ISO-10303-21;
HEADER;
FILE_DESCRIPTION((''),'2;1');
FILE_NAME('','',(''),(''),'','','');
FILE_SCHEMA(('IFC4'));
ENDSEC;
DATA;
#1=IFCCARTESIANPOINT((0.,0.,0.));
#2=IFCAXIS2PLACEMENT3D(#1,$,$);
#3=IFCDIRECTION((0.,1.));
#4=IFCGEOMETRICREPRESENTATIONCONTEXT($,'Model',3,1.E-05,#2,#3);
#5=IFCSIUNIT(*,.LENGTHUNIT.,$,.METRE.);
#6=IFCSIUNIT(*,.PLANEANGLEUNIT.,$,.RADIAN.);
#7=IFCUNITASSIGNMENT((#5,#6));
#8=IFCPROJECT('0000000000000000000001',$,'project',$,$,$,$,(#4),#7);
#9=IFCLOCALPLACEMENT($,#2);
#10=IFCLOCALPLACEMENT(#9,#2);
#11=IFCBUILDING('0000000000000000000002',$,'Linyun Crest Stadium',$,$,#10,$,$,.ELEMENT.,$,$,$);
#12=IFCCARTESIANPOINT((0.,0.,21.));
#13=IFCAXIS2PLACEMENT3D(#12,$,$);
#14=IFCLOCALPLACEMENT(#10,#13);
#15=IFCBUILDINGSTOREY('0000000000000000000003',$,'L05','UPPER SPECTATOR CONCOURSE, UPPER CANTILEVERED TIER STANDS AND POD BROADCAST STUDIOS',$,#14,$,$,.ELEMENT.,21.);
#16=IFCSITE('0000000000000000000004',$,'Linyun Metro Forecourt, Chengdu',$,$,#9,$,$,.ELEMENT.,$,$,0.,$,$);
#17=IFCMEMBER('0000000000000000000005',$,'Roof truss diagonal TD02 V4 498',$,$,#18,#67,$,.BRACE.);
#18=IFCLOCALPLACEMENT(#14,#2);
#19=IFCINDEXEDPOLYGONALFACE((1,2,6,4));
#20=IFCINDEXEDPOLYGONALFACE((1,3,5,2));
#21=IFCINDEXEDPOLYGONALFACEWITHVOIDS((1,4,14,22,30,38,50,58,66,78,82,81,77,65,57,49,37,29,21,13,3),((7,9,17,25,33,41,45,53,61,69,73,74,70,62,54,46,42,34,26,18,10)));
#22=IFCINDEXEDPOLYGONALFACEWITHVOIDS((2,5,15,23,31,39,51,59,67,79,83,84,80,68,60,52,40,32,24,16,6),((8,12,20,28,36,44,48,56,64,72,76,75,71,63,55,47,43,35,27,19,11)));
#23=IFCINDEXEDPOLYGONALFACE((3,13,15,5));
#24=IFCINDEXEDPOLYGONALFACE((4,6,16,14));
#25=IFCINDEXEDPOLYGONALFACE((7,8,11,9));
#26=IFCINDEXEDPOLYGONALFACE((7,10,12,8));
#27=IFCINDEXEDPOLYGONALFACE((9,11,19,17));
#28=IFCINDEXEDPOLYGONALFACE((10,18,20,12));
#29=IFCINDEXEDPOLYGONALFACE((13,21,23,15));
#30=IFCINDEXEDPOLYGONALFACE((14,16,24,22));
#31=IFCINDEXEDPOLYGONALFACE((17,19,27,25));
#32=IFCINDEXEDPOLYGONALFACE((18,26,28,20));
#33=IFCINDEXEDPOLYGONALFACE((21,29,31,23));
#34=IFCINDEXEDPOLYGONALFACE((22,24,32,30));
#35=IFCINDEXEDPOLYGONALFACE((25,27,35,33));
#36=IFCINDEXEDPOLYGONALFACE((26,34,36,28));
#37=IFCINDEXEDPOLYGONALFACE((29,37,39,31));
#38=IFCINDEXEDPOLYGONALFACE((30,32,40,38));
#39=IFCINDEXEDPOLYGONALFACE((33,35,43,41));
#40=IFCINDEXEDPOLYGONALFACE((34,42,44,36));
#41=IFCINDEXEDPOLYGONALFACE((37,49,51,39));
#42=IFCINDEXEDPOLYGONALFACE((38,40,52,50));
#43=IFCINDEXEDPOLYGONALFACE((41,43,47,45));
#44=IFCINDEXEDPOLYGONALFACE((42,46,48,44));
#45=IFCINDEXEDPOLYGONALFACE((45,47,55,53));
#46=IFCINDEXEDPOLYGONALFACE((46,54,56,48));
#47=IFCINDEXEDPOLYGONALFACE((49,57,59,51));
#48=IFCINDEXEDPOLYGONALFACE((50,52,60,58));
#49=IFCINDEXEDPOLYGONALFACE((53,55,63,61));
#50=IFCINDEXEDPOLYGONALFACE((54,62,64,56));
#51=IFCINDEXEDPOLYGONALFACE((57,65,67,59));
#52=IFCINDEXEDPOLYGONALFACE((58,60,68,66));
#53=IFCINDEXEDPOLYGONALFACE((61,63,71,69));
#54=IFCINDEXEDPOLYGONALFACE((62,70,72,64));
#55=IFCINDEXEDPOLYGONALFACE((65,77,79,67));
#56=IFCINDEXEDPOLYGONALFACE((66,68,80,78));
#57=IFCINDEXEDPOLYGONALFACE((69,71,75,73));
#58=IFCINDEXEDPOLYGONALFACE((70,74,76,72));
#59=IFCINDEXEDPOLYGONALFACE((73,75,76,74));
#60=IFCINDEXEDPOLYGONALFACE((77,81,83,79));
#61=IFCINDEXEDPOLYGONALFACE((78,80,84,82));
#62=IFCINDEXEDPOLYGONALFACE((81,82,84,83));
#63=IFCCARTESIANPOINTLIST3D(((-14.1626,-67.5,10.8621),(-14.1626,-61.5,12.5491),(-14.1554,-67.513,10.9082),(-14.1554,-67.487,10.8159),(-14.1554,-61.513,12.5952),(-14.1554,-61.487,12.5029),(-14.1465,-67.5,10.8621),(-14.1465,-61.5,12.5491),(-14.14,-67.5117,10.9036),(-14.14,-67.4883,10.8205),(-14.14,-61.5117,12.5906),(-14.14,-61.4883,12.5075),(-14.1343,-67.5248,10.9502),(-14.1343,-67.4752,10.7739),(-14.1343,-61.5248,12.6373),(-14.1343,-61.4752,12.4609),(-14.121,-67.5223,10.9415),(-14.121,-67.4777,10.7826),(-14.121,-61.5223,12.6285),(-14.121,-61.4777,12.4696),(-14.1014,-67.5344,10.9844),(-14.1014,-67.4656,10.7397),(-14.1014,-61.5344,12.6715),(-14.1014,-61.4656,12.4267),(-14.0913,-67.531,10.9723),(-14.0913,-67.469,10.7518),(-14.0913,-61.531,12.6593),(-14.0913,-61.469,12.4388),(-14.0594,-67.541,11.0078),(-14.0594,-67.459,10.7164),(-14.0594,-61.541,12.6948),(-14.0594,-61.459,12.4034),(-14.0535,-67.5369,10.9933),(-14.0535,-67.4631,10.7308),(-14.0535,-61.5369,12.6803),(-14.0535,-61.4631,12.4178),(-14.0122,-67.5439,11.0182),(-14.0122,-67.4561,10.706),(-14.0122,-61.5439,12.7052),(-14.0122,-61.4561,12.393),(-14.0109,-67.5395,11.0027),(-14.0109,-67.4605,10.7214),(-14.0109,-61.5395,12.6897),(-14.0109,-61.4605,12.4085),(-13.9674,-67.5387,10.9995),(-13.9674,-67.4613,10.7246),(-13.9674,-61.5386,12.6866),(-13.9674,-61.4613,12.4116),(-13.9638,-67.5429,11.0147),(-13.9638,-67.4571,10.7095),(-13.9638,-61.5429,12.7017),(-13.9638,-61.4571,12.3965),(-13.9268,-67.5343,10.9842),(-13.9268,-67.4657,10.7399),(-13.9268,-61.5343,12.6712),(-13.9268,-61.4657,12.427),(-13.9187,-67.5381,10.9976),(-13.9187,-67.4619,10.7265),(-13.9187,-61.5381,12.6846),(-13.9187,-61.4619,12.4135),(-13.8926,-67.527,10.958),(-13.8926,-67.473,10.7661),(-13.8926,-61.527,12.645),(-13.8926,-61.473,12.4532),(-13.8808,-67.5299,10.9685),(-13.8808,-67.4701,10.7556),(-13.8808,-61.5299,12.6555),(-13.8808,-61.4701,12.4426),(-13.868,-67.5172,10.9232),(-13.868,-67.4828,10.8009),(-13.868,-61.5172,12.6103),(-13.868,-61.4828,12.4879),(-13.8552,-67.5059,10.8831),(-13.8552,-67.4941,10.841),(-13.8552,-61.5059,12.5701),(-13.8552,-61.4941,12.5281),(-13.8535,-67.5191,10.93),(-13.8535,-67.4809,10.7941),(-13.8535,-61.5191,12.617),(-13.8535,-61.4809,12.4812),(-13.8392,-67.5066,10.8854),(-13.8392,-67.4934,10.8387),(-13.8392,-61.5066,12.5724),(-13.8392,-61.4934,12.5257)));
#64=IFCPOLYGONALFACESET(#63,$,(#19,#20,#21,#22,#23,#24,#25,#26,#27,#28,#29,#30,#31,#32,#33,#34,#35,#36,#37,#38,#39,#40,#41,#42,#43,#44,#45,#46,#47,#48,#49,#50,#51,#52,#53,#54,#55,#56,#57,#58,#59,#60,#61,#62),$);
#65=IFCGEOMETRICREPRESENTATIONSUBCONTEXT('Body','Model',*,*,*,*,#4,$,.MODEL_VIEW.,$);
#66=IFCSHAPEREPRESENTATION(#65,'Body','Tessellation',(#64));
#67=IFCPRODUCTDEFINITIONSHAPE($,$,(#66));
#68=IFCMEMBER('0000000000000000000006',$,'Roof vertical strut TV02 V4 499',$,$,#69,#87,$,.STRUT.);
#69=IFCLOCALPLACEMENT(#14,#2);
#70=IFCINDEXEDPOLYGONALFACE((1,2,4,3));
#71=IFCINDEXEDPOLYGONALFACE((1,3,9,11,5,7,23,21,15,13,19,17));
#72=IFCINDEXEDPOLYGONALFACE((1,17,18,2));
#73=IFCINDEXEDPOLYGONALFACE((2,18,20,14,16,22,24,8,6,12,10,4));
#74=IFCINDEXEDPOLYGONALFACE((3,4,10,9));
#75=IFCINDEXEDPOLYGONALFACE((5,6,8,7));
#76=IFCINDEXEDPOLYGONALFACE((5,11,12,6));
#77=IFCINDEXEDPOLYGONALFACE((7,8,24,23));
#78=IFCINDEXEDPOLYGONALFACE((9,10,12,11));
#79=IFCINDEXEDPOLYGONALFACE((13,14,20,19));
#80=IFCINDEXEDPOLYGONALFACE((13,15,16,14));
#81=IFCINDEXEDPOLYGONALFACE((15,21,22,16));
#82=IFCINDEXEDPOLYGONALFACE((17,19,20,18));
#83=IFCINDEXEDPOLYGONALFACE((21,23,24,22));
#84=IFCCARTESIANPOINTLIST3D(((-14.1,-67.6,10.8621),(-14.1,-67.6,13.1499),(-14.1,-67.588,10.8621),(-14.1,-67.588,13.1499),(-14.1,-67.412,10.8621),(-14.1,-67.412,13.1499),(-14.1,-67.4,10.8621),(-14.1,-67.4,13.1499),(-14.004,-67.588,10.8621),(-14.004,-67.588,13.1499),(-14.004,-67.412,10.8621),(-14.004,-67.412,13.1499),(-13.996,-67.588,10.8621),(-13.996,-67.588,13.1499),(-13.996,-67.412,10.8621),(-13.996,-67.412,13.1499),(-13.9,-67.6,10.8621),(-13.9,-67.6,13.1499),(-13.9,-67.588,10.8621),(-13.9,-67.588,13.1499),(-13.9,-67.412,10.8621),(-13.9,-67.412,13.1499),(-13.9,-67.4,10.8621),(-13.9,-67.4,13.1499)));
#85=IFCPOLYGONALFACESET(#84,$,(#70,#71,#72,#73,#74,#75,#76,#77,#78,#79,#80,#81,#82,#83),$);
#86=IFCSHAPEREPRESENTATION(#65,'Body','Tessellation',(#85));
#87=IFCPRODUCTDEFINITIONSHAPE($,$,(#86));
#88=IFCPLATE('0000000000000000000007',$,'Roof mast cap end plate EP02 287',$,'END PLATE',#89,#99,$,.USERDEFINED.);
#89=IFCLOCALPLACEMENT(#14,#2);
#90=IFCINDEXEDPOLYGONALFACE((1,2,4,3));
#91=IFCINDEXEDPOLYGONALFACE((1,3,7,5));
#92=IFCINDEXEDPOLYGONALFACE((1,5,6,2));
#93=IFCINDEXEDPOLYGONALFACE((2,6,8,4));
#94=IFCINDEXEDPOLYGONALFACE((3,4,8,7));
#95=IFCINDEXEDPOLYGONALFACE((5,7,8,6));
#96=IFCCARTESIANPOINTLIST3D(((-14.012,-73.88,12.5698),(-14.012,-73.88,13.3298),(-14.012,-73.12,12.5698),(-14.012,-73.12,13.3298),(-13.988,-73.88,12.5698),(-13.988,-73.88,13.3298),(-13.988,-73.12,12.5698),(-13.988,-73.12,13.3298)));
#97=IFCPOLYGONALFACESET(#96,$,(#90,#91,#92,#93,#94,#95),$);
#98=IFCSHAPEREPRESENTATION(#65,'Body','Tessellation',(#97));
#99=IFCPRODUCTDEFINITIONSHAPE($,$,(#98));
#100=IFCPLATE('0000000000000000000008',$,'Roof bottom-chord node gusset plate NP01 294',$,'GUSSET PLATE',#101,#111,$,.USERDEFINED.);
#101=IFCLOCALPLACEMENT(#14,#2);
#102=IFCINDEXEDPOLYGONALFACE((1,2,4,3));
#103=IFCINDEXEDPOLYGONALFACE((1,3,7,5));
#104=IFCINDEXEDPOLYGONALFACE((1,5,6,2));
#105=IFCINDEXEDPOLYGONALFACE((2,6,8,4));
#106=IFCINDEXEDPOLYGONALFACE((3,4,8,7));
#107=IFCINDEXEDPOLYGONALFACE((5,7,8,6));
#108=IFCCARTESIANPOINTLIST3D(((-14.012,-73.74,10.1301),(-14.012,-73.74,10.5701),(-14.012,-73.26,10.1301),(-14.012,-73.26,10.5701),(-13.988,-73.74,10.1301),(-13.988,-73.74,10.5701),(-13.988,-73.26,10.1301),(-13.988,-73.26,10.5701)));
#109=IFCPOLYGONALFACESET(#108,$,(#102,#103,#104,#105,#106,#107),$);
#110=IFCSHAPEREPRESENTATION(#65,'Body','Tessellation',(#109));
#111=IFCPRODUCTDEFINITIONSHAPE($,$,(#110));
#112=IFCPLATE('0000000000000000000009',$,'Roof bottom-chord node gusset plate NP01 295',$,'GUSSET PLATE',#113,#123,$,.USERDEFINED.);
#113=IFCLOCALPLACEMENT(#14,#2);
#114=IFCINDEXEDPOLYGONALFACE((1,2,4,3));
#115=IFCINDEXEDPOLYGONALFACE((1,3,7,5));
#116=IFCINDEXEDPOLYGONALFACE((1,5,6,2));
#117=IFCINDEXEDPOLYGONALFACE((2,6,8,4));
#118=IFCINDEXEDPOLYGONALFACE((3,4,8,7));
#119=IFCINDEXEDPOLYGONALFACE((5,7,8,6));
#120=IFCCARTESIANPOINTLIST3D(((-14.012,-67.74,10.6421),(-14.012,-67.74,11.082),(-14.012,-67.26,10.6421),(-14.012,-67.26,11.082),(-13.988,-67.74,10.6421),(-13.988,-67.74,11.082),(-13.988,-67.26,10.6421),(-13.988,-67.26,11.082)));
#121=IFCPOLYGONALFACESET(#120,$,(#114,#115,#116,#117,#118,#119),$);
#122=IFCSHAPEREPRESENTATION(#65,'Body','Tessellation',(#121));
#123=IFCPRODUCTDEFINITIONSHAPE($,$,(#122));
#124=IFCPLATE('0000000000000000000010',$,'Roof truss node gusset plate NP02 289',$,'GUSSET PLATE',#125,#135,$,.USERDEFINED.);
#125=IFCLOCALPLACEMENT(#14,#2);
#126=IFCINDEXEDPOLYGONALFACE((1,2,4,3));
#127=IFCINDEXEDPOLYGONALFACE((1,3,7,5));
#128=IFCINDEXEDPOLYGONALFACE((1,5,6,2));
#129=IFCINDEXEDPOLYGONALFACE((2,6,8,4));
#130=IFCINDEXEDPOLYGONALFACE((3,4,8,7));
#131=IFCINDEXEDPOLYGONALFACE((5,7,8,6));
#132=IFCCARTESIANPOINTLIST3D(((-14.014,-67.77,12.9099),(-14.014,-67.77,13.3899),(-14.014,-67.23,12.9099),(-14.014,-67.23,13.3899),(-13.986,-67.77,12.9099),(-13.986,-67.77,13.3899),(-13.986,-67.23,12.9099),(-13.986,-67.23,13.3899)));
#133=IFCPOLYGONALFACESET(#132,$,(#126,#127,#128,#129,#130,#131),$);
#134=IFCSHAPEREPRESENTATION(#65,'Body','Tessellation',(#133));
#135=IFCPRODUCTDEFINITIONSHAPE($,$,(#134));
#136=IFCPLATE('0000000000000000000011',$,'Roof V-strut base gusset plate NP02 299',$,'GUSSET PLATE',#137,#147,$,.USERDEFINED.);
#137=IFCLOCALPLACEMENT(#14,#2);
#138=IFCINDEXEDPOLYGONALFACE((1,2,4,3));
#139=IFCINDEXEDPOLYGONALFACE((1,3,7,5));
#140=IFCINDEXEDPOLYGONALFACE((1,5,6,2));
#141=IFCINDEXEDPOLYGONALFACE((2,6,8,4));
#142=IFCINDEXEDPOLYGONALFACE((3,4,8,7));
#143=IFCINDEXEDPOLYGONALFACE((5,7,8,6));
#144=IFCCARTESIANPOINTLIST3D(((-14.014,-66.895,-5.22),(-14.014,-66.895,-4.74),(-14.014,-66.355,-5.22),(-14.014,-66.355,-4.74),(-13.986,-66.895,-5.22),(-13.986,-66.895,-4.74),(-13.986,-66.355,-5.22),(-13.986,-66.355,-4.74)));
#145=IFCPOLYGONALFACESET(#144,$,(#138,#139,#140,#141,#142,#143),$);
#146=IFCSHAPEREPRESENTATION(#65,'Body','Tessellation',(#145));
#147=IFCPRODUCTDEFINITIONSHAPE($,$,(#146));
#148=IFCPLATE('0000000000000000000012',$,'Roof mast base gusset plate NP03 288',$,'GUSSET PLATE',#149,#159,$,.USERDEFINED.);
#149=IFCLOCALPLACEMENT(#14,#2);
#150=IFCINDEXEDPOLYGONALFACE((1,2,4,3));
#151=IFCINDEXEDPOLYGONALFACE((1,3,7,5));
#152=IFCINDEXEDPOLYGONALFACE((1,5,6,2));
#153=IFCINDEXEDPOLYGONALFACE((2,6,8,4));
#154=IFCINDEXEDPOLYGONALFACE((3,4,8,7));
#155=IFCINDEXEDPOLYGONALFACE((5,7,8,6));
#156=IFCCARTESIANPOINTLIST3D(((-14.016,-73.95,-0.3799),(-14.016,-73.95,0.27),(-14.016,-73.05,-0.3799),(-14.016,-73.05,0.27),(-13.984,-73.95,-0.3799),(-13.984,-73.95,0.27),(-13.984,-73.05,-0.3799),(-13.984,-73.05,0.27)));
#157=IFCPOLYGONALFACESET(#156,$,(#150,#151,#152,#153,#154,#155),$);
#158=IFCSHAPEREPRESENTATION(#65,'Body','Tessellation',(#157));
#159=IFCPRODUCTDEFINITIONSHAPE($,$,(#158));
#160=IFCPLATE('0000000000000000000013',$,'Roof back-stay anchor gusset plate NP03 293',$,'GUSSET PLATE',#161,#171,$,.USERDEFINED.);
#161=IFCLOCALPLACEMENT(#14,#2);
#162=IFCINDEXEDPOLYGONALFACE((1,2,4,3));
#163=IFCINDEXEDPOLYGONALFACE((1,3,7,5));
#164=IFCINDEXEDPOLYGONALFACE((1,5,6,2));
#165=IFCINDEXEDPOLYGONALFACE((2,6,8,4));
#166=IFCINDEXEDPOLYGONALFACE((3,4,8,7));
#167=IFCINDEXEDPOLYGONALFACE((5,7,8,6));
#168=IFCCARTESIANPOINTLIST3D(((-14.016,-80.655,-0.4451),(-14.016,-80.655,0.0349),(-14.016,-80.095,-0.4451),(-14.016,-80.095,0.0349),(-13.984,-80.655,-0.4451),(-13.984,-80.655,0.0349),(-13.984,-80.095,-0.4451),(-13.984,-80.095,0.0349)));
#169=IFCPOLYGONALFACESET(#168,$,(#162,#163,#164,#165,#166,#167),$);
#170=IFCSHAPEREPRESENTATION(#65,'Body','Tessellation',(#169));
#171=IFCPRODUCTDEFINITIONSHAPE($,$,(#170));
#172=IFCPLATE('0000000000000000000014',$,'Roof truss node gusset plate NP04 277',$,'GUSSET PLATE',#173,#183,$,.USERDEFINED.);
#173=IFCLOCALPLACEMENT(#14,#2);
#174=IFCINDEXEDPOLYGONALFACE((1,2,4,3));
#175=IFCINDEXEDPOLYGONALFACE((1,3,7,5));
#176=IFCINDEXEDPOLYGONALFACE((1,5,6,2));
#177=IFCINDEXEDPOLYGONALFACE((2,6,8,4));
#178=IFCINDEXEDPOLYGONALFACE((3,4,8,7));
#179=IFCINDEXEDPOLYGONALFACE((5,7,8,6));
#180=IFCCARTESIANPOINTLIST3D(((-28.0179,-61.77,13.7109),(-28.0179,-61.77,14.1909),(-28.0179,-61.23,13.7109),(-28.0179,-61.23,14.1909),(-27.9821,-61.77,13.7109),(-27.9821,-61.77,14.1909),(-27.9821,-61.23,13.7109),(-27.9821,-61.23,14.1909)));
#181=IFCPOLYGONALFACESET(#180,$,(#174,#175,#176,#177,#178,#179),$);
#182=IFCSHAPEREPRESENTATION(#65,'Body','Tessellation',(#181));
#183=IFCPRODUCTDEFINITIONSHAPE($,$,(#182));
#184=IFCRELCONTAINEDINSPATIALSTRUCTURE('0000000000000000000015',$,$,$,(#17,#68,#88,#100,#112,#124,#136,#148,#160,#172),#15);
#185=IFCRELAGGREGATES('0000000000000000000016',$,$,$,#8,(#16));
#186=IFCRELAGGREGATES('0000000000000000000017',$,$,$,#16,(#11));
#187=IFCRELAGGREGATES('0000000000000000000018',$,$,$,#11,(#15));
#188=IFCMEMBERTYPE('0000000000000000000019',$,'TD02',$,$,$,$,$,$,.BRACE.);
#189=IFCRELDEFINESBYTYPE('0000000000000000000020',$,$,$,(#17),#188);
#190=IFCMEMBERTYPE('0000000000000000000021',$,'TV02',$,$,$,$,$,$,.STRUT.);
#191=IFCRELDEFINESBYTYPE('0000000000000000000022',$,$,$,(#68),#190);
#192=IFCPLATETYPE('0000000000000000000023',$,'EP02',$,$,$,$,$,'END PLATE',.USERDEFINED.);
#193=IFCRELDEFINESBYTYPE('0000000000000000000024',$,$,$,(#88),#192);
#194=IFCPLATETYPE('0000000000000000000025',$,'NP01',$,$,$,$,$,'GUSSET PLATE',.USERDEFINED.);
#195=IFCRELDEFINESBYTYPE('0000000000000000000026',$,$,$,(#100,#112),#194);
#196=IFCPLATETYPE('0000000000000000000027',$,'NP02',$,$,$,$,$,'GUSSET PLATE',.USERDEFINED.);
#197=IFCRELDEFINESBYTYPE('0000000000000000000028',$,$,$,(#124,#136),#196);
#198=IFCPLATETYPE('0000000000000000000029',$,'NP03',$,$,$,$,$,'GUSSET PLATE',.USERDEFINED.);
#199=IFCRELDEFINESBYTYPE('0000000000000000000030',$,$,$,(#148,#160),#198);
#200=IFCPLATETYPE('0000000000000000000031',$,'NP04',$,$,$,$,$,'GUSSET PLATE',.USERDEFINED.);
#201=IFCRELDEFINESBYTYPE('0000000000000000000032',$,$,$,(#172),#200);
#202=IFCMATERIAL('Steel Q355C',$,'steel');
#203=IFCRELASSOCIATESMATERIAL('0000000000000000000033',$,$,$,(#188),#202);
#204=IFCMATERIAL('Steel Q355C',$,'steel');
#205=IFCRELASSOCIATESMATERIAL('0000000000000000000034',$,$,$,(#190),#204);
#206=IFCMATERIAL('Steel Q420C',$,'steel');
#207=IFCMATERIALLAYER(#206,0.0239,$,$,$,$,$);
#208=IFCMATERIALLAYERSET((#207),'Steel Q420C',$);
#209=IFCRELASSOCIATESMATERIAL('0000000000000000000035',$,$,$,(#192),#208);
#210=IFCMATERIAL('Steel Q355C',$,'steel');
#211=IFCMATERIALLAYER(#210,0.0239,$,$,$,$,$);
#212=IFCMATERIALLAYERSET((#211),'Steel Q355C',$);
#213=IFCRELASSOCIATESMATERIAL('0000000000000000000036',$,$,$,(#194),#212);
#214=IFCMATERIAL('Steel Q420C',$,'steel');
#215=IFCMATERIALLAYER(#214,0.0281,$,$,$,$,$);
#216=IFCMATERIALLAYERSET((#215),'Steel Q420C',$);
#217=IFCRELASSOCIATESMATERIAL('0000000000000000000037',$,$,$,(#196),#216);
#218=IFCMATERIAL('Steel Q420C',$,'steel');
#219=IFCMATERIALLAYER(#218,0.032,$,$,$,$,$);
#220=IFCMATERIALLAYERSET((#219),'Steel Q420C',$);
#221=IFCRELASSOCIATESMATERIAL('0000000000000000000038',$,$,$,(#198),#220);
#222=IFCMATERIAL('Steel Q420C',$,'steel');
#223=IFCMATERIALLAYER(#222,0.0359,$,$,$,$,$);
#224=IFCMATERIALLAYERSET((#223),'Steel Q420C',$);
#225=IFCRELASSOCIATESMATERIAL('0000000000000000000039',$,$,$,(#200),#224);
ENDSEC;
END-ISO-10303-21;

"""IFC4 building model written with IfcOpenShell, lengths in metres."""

from ifc_helpers import new_model, si_unit, direction, frame, origin, origin_2d, place, context, subcontext, project, spatial, rectangle, hollow_circle, i_section, extrude, material, layer, layer_set, material_profile, profile_set, type_object, element, save


model = new_model("IFC4")

# Units and contexts
model_context = context("Model", 3, precision=1e-05, world=origin(), true_north=direction((0.0, 1.0)))
body_context = subcontext(model_context, "Body", "Model", "MODEL_VIEW")
ifc_project = project(units=[si_unit("LENGTHUNIT", "METRE"), si_unit("PLANEANGLEUNIT", "RADIAN")], contexts=[model_context])

# Site, building, storey
site_placement = place(None, origin())
site = spatial("IfcSite", under=ifc_project, at=site_placement, Name="Linyun Metro Forecourt, Chengdu", CompositionType="ELEMENT", RefElevation=0.0)
building_placement = place(site_placement, origin())
building = spatial("IfcBuilding", under=site, at=building_placement, Name="Linyun Crest Stadium", CompositionType="ELEMENT")
storey_placement = place(building_placement, frame((0.0, 0.0, 21.0)))
storey = spatial("IfcBuildingStorey", under=building, at=storey_placement, Name="L05", Description="UPPER SPECTATOR CONCOURSE, UPPER CANTILEVERED TIER STANDS AND POD BROADCAST STUDIOS", CompositionType="ELEMENT", Elevation=21.0)

# Members
ifc_material_1 = material(Name="Steel Q355C", Category="steel")
ifc_material_profile_1 = material_profile(ifc_material_1, hollow_circle(Radius=0.1626, WallThickness=0.0161, at=origin_2d()), Name="CHS 325x16")
ifc_profile_set_1 = profile_set([ifc_material_profile_1], Name="Steel Q355C")
member_type_1 = type_object("IfcMemberType", Name="TD02", PredefinedType="BRACE", material=ifc_profile_set_1)
member_1_placement = place(storey_placement, frame((-14.0, -67.5, 10.8621), z_axis=(0.0, 0.962671, 0.270673), x_axis=(-1.0, 0.0, 0.0)))
element("IfcMember", 1, at=member_1_placement, inside=storey, type_object=member_type_1, Name="Roof truss diagonal TD02 V4 498", PredefinedType="BRACE", context=body_context, shape_type="SweptSolid", body=[
    extrude(hollow_circle(Radius=0.1626, WallThickness=0.0161, at=origin_2d()), origin(), (0.0, 0.0, 1.0), 6.2327),
])
ifc_material_2 = material(Name="Steel Q355C", Category="steel")
ifc_material_profile_2 = material_profile(ifc_material_2, i_section(OverallWidth=0.2, OverallDepth=0.2, WebThickness=0.0081, FlangeThickness=0.012, at=origin_2d()), Name="HW 200x200")
ifc_profile_set_2 = profile_set([ifc_material_profile_2], Name="Steel Q355C")
member_type_2 = type_object("IfcMemberType", Name="TV02", PredefinedType="STRUT", material=ifc_profile_set_2)
member_2_placement = place(storey_placement, frame((-14.0, -67.5, 10.8621), z_axis=(0.0, 0.0, 1.0), x_axis=(1.0, 0.0, 0.0)))
element("IfcMember", 2, at=member_2_placement, inside=storey, type_object=member_type_2, Name="Roof vertical strut TV02 V4 499", PredefinedType="STRUT", context=body_context, shape_type="SweptSolid", body=[
    extrude(i_section(OverallWidth=0.2, OverallDepth=0.2, WebThickness=0.0081, FlangeThickness=0.012, at=origin_2d()), origin(), (0.0, 0.0, 1.0), 2.2878),
])

# Plates
ifc_material_3 = material(Name="Steel Q420C", Category="steel")
ifc_layer_1 = layer(ifc_material_3, 0.0239)
ifc_layer_set_1 = layer_set([ifc_layer_1], Name="Steel Q420C")
plate_type_1 = type_object("IfcPlateType", Name="EP02", ElementType="END PLATE", PredefinedType="USERDEFINED", material=ifc_layer_set_1)
plate_1_placement = place(storey_placement, frame((-14.0, -73.5, 12.5698), z_axis=(0.0, 0.0, 1.0), x_axis=(0.0, 1.0, 0.0)))
element("IfcPlate", 3, at=plate_1_placement, inside=storey, type_object=plate_type_1, Name="Roof mast cap end plate EP02 287", ObjectType="END PLATE", PredefinedType="USERDEFINED", context=body_context, shape_type="SweptSolid", body=[
    extrude(rectangle(XDim=0.76, YDim=0.0239, at=origin_2d()), origin(), (0.0, 0.0, 1.0), 0.76),
])
ifc_material_4 = material(Name="Steel Q355C", Category="steel")
ifc_layer_2 = layer(ifc_material_4, 0.0239)
ifc_layer_set_2 = layer_set([ifc_layer_2], Name="Steel Q355C")
plate_type_2 = type_object("IfcPlateType", Name="NP01", ElementType="GUSSET PLATE", PredefinedType="USERDEFINED", material=ifc_layer_set_2)
for number, where, z_axis, x_axis, name in (
    (4, (-14.0, -73.5, 10.1301), (0.0, 0.0, 1.0), (0.0, 1.0, 0.0), "Roof bottom-chord node gusset plate NP01 294"),
    (5, (-14.0, -67.5, 10.6421), (0.0, 0.0, 1.0), (0.0, 1.0, 0.0), "Roof bottom-chord node gusset plate NP01 295"),
):
    element("IfcPlate", number, at=place(storey_placement, frame(where, z_axis=z_axis, x_axis=x_axis)), inside=storey, type_object=plate_type_2, Name=name, ObjectType="GUSSET PLATE", PredefinedType="USERDEFINED", context=body_context, shape_type="SweptSolid", body=[
        extrude(rectangle(XDim=0.48, YDim=0.0239, at=origin_2d()), origin(), (0.0, 0.0, 1.0), 0.4399),
    ])
ifc_material_5 = material(Name="Steel Q420C", Category="steel")
ifc_layer_3 = layer(ifc_material_5, 0.0281)
ifc_layer_set_3 = layer_set([ifc_layer_3], Name="Steel Q420C")
plate_type_3 = type_object("IfcPlateType", Name="NP02", ElementType="GUSSET PLATE", PredefinedType="USERDEFINED", material=ifc_layer_set_3)
for number, where, z_axis, x_axis, name in (
    (6, (-14.0, -67.5, 12.9099), (0.0, 0.0, 1.0), (0.0, 1.0, 0.0), "Roof truss node gusset plate NP02 289"),
    (7, (-14.0, -66.625, -5.22), (0.0, 0.0, 1.0), (0.0, 1.0, 0.0), "Roof V-strut base gusset plate NP02 299"),
):
    element("IfcPlate", number, at=place(storey_placement, frame(where, z_axis=z_axis, x_axis=x_axis)), inside=storey, type_object=plate_type_3, Name=name, ObjectType="GUSSET PLATE", PredefinedType="USERDEFINED", context=body_context, shape_type="SweptSolid", body=[
        extrude(rectangle(XDim=0.54, YDim=0.0281, at=origin_2d()), origin(), (0.0, 0.0, 1.0), 0.48),
    ])
ifc_material_6 = material(Name="Steel Q420C", Category="steel")
ifc_layer_4 = layer(ifc_material_6, 0.032)
ifc_layer_set_4 = layer_set([ifc_layer_4], Name="Steel Q420C")
plate_type_4 = type_object("IfcPlateType", Name="NP03", ElementType="GUSSET PLATE", PredefinedType="USERDEFINED", material=ifc_layer_set_4)
plate_2_placement = place(storey_placement, frame((-14.0, -73.5, -0.3799), z_axis=(0.0, 0.0, 1.0), x_axis=(0.0, 1.0, 0.0)))
element("IfcPlate", 8, at=plate_2_placement, inside=storey, type_object=plate_type_4, Name="Roof mast base gusset plate NP03 288", ObjectType="GUSSET PLATE", PredefinedType="USERDEFINED", context=body_context, shape_type="SweptSolid", body=[
    extrude(rectangle(XDim=0.8999, YDim=0.032, at=origin_2d()), origin(), (0.0, 0.0, 1.0), 0.6499),
])
plate_3_placement = place(storey_placement, frame((-14.0, -80.375, -0.4451), z_axis=(0.0, 0.0, 1.0), x_axis=(0.0, 1.0, 0.0)))
element("IfcPlate", 9, at=plate_3_placement, inside=storey, type_object=plate_type_4, Name="Roof back-stay anchor gusset plate NP03 293", ObjectType="GUSSET PLATE", PredefinedType="USERDEFINED", context=body_context, shape_type="SweptSolid", body=[
    extrude(rectangle(XDim=0.5601, YDim=0.032, at=origin_2d()), origin(), (0.0, 0.0, 1.0), 0.48),
])
ifc_material_7 = material(Name="Steel Q420C", Category="steel")
ifc_layer_5 = layer(ifc_material_7, 0.0359)
ifc_layer_set_5 = layer_set([ifc_layer_5], Name="Steel Q420C")
plate_type_5 = type_object("IfcPlateType", Name="NP04", ElementType="GUSSET PLATE", PredefinedType="USERDEFINED", material=ifc_layer_set_5)
plate_4_placement = place(storey_placement, frame((-28.0, -61.5, 13.7109), z_axis=(0.0, 0.0, 1.0), x_axis=(0.0, 1.0, 0.0)))
element("IfcPlate", 10, at=plate_4_placement, inside=storey, type_object=plate_type_5, Name="Roof truss node gusset plate NP04 277", ObjectType="GUSSET PLATE", PredefinedType="USERDEFINED", context=body_context, shape_type="SweptSolid", body=[
    extrude(rectangle(XDim=0.54, YDim=0.0359, at=origin_2d()), origin(), (0.0, 0.0, 1.0), 0.48),
])

save(model, "model.ifc")
